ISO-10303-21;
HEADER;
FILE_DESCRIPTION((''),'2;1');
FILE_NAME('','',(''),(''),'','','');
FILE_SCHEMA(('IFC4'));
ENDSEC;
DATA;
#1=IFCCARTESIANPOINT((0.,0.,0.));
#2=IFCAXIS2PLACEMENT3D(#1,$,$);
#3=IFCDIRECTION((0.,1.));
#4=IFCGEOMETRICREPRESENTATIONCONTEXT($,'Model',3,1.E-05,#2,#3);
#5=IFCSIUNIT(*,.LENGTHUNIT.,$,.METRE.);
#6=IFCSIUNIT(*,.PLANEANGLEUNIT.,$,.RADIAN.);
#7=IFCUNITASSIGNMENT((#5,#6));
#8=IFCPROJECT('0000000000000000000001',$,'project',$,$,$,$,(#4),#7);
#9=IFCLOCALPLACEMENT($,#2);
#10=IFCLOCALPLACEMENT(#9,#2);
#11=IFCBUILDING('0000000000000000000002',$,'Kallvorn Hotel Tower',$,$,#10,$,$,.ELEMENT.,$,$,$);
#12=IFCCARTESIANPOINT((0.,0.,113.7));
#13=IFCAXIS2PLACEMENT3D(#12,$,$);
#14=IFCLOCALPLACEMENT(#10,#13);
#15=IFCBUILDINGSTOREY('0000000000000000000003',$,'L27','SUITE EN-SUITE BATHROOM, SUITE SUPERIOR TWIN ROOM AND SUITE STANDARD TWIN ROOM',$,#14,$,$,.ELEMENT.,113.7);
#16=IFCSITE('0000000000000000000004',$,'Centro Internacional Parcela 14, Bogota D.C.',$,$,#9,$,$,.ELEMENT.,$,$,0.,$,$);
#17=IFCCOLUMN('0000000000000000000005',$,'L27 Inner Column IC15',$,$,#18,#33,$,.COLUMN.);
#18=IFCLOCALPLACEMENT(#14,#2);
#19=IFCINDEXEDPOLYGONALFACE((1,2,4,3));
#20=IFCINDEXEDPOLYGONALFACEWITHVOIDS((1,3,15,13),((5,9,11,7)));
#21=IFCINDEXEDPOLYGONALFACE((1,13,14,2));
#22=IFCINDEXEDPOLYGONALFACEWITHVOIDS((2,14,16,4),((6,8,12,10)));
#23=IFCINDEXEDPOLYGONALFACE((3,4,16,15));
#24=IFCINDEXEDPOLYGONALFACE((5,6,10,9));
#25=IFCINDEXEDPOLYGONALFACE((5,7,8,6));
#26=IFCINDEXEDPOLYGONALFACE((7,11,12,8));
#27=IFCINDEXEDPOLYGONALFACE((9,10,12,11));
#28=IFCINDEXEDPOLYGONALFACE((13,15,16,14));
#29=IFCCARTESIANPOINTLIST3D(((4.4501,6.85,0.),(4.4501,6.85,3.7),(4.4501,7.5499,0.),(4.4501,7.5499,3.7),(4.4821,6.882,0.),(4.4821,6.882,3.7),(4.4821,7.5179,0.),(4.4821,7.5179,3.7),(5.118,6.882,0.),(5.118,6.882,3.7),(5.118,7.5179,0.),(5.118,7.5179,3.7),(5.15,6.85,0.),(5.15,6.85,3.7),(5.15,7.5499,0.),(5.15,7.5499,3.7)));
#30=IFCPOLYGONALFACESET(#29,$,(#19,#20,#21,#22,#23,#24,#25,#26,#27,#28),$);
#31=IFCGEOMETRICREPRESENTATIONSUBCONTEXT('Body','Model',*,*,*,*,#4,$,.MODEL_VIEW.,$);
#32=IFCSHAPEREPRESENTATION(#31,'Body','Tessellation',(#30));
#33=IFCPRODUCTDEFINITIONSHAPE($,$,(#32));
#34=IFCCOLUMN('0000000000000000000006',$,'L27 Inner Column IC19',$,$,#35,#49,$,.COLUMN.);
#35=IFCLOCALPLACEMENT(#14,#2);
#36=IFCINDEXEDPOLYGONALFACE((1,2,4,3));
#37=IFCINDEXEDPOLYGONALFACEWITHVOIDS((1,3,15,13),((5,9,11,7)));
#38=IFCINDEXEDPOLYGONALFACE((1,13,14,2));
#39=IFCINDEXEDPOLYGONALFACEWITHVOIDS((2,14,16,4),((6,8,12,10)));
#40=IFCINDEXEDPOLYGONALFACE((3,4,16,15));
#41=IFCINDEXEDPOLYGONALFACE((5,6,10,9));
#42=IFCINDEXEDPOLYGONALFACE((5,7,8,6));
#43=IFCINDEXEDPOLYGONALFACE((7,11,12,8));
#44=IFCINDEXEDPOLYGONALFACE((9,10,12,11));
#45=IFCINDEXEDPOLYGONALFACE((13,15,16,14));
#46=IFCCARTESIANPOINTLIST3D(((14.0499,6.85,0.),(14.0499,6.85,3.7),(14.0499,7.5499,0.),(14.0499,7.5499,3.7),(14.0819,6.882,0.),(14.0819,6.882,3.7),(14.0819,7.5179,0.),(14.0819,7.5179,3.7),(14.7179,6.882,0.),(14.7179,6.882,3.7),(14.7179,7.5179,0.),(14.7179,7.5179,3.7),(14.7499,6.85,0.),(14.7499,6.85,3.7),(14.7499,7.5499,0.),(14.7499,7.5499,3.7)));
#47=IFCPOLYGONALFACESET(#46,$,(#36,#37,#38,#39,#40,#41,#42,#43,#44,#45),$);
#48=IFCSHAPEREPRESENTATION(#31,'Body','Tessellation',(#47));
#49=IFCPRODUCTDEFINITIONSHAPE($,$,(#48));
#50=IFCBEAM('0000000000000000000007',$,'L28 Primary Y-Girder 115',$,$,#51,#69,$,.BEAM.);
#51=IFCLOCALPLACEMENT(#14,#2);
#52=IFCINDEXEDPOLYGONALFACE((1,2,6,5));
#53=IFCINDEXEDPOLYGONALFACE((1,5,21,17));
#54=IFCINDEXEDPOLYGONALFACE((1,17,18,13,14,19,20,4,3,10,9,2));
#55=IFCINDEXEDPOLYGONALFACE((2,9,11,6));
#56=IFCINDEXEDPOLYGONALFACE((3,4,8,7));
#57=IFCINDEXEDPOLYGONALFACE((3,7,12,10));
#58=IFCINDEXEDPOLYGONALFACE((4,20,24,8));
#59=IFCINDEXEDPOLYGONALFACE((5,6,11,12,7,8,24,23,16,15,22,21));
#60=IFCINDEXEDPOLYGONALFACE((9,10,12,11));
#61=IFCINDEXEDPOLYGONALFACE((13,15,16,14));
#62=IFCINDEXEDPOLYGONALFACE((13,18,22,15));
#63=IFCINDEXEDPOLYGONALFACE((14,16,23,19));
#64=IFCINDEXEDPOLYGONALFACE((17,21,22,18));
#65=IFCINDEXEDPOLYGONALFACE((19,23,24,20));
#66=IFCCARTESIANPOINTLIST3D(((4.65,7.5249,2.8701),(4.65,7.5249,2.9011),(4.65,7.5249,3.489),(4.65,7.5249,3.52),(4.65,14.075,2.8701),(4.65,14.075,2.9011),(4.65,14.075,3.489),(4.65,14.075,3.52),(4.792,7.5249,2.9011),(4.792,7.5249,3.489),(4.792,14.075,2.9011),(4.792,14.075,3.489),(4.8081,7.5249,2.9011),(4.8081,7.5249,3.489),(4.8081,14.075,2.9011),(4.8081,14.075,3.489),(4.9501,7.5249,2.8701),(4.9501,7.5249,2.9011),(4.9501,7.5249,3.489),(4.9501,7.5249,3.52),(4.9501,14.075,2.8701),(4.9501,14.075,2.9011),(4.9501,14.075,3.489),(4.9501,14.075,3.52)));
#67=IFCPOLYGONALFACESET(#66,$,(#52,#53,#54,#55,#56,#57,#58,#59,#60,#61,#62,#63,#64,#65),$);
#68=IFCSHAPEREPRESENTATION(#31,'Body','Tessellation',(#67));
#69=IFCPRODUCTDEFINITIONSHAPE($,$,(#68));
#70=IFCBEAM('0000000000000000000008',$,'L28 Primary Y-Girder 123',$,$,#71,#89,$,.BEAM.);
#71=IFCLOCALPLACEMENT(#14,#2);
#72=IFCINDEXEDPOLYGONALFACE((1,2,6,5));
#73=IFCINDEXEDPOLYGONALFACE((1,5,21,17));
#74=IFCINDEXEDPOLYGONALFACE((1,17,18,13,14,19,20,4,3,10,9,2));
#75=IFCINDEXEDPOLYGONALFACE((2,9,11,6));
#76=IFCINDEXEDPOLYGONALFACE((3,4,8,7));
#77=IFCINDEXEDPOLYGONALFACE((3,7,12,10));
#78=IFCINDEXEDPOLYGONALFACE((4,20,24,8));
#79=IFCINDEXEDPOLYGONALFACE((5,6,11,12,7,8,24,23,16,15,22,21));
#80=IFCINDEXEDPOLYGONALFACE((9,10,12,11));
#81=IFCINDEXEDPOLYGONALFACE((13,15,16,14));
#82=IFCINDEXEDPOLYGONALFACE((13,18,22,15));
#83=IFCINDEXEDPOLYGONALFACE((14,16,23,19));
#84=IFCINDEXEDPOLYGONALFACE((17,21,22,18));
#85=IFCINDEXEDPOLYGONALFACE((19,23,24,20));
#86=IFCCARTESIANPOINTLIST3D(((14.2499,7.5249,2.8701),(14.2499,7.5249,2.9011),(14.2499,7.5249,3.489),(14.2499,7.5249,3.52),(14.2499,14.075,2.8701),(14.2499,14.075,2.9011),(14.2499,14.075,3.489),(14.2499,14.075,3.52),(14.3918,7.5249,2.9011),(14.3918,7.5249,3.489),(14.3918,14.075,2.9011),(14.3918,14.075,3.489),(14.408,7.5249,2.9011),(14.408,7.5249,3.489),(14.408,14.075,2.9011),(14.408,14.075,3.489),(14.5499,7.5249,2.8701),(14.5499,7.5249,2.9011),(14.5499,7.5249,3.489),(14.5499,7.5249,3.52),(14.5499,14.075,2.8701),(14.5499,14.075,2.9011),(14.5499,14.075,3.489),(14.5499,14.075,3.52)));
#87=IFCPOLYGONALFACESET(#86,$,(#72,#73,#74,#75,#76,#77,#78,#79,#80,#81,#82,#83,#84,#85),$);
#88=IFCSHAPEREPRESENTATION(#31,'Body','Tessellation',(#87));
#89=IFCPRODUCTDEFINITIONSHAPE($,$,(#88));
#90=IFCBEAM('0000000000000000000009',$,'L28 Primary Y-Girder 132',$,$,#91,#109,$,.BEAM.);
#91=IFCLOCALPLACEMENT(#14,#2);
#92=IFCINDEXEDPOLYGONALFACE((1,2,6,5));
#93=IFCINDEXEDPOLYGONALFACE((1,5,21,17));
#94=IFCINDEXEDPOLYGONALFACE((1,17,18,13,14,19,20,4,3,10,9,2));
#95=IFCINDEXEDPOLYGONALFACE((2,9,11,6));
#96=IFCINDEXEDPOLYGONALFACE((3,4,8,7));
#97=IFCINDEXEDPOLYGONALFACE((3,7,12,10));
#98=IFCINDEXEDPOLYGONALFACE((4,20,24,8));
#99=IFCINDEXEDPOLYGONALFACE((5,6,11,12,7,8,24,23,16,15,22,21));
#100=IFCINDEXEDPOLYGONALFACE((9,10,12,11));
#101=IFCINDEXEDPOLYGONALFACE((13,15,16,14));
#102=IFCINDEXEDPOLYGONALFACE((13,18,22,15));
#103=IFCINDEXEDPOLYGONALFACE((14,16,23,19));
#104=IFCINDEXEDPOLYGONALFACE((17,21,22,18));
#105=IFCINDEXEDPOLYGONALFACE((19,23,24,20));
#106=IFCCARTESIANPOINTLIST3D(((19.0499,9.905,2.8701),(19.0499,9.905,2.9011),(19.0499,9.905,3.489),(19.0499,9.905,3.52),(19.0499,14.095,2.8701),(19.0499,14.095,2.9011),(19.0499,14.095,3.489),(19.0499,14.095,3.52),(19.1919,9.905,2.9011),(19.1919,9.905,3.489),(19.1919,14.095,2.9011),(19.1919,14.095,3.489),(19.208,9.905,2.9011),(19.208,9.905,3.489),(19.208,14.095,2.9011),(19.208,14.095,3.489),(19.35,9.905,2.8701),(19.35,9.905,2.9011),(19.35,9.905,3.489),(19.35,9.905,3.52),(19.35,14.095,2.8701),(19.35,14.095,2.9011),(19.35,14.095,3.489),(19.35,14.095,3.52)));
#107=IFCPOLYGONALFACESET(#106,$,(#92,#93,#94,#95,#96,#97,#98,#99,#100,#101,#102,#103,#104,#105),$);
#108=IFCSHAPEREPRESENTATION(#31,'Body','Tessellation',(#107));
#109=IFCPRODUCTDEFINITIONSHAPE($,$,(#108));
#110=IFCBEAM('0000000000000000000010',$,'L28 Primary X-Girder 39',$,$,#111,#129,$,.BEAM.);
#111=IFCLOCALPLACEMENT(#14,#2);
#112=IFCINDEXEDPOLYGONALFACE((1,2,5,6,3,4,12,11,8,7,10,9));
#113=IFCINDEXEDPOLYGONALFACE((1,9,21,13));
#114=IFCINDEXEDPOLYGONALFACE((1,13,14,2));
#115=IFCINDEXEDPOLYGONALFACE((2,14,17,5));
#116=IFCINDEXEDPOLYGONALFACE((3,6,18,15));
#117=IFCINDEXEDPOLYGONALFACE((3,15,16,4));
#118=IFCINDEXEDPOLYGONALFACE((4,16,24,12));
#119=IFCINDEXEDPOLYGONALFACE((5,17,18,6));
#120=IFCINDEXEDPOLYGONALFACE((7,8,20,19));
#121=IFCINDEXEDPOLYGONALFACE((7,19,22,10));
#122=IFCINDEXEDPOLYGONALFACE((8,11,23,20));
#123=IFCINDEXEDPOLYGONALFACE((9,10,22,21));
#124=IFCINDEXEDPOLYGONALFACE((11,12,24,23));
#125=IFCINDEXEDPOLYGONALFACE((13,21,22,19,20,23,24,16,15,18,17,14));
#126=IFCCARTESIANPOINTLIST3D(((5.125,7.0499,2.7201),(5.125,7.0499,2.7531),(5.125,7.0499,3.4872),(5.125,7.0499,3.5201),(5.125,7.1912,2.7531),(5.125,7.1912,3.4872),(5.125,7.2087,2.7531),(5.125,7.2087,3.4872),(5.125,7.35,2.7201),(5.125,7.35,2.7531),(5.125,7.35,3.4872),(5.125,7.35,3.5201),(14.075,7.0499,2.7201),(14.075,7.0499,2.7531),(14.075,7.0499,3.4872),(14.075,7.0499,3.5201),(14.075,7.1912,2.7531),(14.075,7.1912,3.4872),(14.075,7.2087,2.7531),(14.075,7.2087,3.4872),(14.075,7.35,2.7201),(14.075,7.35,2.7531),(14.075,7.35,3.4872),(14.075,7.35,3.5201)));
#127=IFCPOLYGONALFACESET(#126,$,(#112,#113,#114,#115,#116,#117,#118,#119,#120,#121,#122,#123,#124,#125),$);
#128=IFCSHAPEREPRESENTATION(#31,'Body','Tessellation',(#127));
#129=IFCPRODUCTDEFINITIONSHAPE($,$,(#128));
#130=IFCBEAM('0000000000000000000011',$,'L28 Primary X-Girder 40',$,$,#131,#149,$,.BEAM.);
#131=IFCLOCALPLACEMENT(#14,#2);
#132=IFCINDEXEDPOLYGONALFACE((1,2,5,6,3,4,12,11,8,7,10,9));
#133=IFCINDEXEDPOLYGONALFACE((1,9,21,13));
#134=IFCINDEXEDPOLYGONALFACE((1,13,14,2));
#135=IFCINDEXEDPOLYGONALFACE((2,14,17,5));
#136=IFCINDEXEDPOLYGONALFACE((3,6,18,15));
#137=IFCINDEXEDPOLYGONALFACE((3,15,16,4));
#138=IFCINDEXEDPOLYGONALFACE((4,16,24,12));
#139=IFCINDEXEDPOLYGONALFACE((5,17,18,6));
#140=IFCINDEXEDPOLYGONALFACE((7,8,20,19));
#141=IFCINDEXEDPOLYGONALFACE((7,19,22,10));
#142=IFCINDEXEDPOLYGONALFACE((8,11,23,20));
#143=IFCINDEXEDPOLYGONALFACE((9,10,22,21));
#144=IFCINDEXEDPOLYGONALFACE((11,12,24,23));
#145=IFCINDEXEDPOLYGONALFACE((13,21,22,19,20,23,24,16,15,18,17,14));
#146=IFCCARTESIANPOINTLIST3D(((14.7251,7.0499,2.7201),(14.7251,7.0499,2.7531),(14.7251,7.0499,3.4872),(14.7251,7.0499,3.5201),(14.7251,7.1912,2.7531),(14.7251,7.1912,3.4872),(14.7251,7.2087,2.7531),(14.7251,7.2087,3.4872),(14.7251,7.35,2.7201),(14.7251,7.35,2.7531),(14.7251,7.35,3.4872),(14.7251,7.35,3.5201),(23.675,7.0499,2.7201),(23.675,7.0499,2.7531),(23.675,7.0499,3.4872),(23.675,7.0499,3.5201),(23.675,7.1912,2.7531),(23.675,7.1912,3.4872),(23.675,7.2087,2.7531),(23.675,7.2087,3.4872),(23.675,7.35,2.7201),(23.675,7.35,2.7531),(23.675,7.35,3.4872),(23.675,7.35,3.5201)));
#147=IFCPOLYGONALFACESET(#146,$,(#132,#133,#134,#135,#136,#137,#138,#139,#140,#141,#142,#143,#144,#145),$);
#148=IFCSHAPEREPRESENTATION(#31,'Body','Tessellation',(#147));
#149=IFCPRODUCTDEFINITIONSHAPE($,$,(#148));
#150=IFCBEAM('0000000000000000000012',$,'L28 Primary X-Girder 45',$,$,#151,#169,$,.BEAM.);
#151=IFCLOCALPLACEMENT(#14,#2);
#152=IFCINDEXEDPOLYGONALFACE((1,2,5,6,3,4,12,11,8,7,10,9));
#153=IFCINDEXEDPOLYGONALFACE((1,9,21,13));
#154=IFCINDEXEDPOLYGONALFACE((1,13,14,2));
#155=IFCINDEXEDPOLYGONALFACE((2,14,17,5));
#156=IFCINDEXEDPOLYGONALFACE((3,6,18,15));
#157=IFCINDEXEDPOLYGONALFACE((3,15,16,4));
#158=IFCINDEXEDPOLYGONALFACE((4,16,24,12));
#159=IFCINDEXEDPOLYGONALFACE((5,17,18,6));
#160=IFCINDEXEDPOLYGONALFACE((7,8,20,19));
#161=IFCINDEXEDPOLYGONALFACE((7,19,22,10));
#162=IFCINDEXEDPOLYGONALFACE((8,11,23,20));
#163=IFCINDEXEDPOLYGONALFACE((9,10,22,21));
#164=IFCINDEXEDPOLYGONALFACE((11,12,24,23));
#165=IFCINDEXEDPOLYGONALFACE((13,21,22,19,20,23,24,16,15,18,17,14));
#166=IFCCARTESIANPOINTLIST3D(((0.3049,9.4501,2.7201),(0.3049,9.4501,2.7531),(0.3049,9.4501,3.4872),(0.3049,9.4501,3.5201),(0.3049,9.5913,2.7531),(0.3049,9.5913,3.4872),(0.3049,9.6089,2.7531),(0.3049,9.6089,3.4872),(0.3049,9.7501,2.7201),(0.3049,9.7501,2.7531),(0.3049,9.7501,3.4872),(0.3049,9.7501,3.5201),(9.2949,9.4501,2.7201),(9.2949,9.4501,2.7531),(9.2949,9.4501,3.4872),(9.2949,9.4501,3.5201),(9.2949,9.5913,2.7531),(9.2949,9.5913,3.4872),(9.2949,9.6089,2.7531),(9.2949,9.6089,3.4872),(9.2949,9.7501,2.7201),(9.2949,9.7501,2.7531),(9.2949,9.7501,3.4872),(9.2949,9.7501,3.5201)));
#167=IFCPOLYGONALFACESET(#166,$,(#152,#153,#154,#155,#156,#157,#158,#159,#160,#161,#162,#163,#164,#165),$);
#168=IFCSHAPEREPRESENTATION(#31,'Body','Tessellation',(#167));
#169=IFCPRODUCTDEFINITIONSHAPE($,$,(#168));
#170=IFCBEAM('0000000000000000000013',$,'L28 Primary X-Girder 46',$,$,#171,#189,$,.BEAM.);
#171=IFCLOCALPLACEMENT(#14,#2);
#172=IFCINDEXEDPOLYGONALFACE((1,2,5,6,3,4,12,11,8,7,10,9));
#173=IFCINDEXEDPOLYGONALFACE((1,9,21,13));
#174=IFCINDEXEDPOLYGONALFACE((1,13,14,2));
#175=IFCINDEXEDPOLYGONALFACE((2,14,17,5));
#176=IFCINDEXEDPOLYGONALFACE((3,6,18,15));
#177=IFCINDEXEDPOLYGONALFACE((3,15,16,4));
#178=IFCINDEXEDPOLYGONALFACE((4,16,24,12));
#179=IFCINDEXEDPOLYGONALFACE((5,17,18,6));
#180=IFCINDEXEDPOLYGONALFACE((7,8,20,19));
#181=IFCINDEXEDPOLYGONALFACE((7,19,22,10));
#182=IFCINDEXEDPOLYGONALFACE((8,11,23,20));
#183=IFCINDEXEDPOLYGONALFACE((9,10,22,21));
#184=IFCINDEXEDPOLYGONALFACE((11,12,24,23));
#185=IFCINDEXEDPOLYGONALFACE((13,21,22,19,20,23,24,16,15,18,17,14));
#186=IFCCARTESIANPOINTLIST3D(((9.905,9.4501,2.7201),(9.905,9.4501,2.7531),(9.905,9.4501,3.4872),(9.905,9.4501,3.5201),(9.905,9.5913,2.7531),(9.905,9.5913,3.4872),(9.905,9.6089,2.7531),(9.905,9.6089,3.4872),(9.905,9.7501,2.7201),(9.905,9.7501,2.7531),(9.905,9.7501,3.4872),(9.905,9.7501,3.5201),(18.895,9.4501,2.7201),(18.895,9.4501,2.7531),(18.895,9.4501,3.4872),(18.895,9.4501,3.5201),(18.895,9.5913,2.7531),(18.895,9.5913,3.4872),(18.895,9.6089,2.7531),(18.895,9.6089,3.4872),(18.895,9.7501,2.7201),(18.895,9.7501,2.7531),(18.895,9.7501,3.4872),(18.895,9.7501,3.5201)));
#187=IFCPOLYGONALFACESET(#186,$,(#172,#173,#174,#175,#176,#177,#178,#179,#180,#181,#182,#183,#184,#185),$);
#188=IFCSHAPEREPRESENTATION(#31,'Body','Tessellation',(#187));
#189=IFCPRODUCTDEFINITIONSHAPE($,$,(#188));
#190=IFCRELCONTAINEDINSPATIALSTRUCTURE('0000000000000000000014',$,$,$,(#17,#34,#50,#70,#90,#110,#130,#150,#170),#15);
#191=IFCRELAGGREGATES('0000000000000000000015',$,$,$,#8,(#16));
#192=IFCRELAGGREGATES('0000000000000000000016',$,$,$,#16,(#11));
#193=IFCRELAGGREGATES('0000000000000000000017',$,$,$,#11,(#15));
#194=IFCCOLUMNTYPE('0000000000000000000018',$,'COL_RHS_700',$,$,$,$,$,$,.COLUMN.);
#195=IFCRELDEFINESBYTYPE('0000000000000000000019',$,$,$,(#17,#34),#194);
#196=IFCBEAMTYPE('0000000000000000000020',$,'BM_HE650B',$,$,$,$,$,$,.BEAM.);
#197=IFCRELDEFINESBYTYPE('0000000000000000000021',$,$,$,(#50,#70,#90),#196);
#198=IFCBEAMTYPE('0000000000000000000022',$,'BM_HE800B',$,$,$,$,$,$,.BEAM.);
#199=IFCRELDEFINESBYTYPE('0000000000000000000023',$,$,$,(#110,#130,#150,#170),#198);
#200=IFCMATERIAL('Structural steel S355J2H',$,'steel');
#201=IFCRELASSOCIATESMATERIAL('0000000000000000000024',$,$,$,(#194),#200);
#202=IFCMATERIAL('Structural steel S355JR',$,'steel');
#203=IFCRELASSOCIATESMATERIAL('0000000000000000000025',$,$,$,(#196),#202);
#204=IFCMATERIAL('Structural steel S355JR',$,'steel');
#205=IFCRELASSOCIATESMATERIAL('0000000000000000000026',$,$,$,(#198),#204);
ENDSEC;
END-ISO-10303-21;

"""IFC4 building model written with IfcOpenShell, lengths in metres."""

from ifc_helpers import new_model, si_unit, direction, frame, origin, origin_2d, place, context, subcontext, project, spatial, hollow_rectangle, i_section, extrude, material, material_profile, profile_set, type_object, element, save


model = new_model("IFC4")

# Units and contexts
model_context = context("Model", 3, precision=1e-05, world=origin(), true_north=direction((0.0, 1.0)))
body_context = subcontext(model_context, "Body", "Model", "MODEL_VIEW")
ifc_project = project(units=[si_unit("LENGTHUNIT", "METRE"), si_unit("PLANEANGLEUNIT", "RADIAN")], contexts=[model_context])

# Site, building, storey
site_placement = place(None, origin())
site = spatial("IfcSite", under=ifc_project, at=site_placement, Name="Centro Internacional Parcela 14, Bogota D.C.", CompositionType="ELEMENT", RefElevation=0.0)
building_placement = place(site_placement, origin())
building = spatial("IfcBuilding", under=site, at=building_placement, Name="Kallvorn Hotel Tower", CompositionType="ELEMENT")
storey_placement = place(building_placement, frame((0.0, 0.0, 113.7)))
storey = spatial("IfcBuildingStorey", under=building, at=storey_placement, Name="L27", Description="SUITE EN-SUITE BATHROOM, SUITE SUPERIOR TWIN ROOM AND SUITE STANDARD TWIN ROOM", CompositionType="ELEMENT", Elevation=113.7)

# Columns
ifc_material_1 = material(Name="Structural steel S355J2H", Category="steel")
ifc_material_profile_1 = material_profile(ifc_material_1, hollow_rectangle(XDim=0.7, YDim=0.7, WallThickness=0.032, at=origin_2d()), Name="RHS 700x700x32")
ifc_profile_set_1 = profile_set([ifc_material_profile_1], Name="Structural steel S355J2H")
column_type_1 = type_object("IfcColumnType", Name="COL_RHS_700", PredefinedType="COLUMN", material=ifc_profile_set_1)
for number, where, z_axis, x_axis, name in (
    (1, (4.8, 7.2, 0.0), (0.0, 0.0, 1.0), (1.0, 0.0, 0.0), "L27 Inner Column IC15"),
    (2, (14.3999, 7.2, 0.0), (0.0, 0.0, 1.0), (1.0, 0.0, 0.0), "L27 Inner Column IC19"),
):
    element("IfcColumn", number, at=place(storey_placement, frame(where, z_axis=z_axis, x_axis=x_axis)), inside=storey, type_object=column_type_1, Name=name, PredefinedType="COLUMN", context=body_context, shape_type="SweptSolid", body=[
        extrude(hollow_rectangle(XDim=0.7, YDim=0.7, WallThickness=0.032, at=origin_2d()), origin(), (0.0, 0.0, 1.0), 3.7),
    ])

# Beams
ifc_material_2 = material(Name="Structural steel S355JR", Category="steel")
ifc_material_profile_2 = material_profile(ifc_material_2, i_section(OverallWidth=0.3, OverallDepth=0.6499, WebThickness=0.0161, FlangeThickness=0.031, at=origin_2d()), Name="HE 650 B")
ifc_profile_set_2 = profile_set([ifc_material_profile_2], Name="Structural steel S355JR")
beam_type_1 = type_object("IfcBeamType", Name="BM_HE650B", PredefinedType="BEAM", material=ifc_profile_set_2)
for number, where, z_axis, x_axis, name in (
    (3, (4.8, 7.5249, 3.1951), (0.0, 1.0, 0.0), (-1.0, 0.0, 0.0), "L28 Primary Y-Girder 115"),
    (4, (14.3999, 7.5249, 3.1951), (0.0, 1.0, 0.0), (-1.0, 0.0, 0.0), "L28 Primary Y-Girder 123"),
):
    element("IfcBeam", number, at=place(storey_placement, frame(where, z_axis=z_axis, x_axis=x_axis)), inside=storey, type_object=beam_type_1, Name=name, PredefinedType="BEAM", context=body_context, shape_type="SweptSolid", body=[
        extrude(i_section(OverallWidth=0.3, OverallDepth=0.6499, WebThickness=0.0161, FlangeThickness=0.031, at=origin_2d()), origin(), (0.0, 0.0, 1.0), 6.55),
    ])
beam_placement = place(storey_placement, frame((19.2, 9.905, 3.1951), z_axis=(0.0, 1.0, 0.0), x_axis=(-1.0, 0.0, 0.0)))
element("IfcBeam", 5, at=beam_placement, inside=storey, type_object=beam_type_1, Name="L28 Primary Y-Girder 132", PredefinedType="BEAM", context=body_context, shape_type="SweptSolid", body=[
    extrude(i_section(OverallWidth=0.3, OverallDepth=0.6499, WebThickness=0.0161, FlangeThickness=0.031, at=origin_2d()), origin(), (0.0, 0.0, 1.0), 4.1899),
])
ifc_material_3 = material(Name="Structural steel S355JR", Category="steel")
ifc_material_profile_3 = material_profile(ifc_material_3, i_section(OverallWidth=0.3, OverallDepth=0.8, WebThickness=0.0176, FlangeThickness=0.033, at=origin_2d()), Name="HE 800 B")
ifc_profile_set_3 = profile_set([ifc_material_profile_3], Name="Structural steel S355JR")
beam_type_2 = type_object("IfcBeamType", Name="BM_HE800B", PredefinedType="BEAM", material=ifc_profile_set_3)
for number, where, z_axis, x_axis, name in (
    (6, (5.125, 7.2, 3.1201), (1.0, 0.0, 0.0), (0.0, 1.0, 0.0), "L28 Primary X-Girder 39"),
    (7, (14.7251, 7.2, 3.1201), (1.0, 0.0, 0.0), (0.0, 1.0, 0.0), "L28 Primary X-Girder 40"),
):
    element("IfcBeam", number, at=place(storey_placement, frame(where, z_axis=z_axis, x_axis=x_axis)), inside=storey, type_object=beam_type_2, Name=name, PredefinedType="BEAM", context=body_context, shape_type="SweptSolid", body=[
        extrude(i_section(OverallWidth=0.3, OverallDepth=0.8, WebThickness=0.0176, FlangeThickness=0.033, at=origin_2d()), origin(), (0.0, 0.0, 1.0), 8.95),
    ])
for number, where, z_axis, x_axis, name in (
    (8, (0.3049, 9.6001, 3.1201), (1.0, 0.0, 0.0), (0.0, 1.0, 0.0), "L28 Primary X-Girder 45"),
    (9, (9.905, 9.6001, 3.1201), (1.0, 0.0, 0.0), (0.0, 1.0, 0.0), "L28 Primary X-Girder 46"),
):
    element("IfcBeam", number, at=place(storey_placement, frame(where, z_axis=z_axis, x_axis=x_axis)), inside=storey, type_object=beam_type_2, Name=name, PredefinedType="BEAM", context=body_context, shape_type="SweptSolid", body=[
        extrude(i_section(OverallWidth=0.3, OverallDepth=0.8, WebThickness=0.0176, FlangeThickness=0.033, at=origin_2d()), origin(), (0.0, 0.0, 1.0), 8.99),
    ])

save(model, "model.ifc")
